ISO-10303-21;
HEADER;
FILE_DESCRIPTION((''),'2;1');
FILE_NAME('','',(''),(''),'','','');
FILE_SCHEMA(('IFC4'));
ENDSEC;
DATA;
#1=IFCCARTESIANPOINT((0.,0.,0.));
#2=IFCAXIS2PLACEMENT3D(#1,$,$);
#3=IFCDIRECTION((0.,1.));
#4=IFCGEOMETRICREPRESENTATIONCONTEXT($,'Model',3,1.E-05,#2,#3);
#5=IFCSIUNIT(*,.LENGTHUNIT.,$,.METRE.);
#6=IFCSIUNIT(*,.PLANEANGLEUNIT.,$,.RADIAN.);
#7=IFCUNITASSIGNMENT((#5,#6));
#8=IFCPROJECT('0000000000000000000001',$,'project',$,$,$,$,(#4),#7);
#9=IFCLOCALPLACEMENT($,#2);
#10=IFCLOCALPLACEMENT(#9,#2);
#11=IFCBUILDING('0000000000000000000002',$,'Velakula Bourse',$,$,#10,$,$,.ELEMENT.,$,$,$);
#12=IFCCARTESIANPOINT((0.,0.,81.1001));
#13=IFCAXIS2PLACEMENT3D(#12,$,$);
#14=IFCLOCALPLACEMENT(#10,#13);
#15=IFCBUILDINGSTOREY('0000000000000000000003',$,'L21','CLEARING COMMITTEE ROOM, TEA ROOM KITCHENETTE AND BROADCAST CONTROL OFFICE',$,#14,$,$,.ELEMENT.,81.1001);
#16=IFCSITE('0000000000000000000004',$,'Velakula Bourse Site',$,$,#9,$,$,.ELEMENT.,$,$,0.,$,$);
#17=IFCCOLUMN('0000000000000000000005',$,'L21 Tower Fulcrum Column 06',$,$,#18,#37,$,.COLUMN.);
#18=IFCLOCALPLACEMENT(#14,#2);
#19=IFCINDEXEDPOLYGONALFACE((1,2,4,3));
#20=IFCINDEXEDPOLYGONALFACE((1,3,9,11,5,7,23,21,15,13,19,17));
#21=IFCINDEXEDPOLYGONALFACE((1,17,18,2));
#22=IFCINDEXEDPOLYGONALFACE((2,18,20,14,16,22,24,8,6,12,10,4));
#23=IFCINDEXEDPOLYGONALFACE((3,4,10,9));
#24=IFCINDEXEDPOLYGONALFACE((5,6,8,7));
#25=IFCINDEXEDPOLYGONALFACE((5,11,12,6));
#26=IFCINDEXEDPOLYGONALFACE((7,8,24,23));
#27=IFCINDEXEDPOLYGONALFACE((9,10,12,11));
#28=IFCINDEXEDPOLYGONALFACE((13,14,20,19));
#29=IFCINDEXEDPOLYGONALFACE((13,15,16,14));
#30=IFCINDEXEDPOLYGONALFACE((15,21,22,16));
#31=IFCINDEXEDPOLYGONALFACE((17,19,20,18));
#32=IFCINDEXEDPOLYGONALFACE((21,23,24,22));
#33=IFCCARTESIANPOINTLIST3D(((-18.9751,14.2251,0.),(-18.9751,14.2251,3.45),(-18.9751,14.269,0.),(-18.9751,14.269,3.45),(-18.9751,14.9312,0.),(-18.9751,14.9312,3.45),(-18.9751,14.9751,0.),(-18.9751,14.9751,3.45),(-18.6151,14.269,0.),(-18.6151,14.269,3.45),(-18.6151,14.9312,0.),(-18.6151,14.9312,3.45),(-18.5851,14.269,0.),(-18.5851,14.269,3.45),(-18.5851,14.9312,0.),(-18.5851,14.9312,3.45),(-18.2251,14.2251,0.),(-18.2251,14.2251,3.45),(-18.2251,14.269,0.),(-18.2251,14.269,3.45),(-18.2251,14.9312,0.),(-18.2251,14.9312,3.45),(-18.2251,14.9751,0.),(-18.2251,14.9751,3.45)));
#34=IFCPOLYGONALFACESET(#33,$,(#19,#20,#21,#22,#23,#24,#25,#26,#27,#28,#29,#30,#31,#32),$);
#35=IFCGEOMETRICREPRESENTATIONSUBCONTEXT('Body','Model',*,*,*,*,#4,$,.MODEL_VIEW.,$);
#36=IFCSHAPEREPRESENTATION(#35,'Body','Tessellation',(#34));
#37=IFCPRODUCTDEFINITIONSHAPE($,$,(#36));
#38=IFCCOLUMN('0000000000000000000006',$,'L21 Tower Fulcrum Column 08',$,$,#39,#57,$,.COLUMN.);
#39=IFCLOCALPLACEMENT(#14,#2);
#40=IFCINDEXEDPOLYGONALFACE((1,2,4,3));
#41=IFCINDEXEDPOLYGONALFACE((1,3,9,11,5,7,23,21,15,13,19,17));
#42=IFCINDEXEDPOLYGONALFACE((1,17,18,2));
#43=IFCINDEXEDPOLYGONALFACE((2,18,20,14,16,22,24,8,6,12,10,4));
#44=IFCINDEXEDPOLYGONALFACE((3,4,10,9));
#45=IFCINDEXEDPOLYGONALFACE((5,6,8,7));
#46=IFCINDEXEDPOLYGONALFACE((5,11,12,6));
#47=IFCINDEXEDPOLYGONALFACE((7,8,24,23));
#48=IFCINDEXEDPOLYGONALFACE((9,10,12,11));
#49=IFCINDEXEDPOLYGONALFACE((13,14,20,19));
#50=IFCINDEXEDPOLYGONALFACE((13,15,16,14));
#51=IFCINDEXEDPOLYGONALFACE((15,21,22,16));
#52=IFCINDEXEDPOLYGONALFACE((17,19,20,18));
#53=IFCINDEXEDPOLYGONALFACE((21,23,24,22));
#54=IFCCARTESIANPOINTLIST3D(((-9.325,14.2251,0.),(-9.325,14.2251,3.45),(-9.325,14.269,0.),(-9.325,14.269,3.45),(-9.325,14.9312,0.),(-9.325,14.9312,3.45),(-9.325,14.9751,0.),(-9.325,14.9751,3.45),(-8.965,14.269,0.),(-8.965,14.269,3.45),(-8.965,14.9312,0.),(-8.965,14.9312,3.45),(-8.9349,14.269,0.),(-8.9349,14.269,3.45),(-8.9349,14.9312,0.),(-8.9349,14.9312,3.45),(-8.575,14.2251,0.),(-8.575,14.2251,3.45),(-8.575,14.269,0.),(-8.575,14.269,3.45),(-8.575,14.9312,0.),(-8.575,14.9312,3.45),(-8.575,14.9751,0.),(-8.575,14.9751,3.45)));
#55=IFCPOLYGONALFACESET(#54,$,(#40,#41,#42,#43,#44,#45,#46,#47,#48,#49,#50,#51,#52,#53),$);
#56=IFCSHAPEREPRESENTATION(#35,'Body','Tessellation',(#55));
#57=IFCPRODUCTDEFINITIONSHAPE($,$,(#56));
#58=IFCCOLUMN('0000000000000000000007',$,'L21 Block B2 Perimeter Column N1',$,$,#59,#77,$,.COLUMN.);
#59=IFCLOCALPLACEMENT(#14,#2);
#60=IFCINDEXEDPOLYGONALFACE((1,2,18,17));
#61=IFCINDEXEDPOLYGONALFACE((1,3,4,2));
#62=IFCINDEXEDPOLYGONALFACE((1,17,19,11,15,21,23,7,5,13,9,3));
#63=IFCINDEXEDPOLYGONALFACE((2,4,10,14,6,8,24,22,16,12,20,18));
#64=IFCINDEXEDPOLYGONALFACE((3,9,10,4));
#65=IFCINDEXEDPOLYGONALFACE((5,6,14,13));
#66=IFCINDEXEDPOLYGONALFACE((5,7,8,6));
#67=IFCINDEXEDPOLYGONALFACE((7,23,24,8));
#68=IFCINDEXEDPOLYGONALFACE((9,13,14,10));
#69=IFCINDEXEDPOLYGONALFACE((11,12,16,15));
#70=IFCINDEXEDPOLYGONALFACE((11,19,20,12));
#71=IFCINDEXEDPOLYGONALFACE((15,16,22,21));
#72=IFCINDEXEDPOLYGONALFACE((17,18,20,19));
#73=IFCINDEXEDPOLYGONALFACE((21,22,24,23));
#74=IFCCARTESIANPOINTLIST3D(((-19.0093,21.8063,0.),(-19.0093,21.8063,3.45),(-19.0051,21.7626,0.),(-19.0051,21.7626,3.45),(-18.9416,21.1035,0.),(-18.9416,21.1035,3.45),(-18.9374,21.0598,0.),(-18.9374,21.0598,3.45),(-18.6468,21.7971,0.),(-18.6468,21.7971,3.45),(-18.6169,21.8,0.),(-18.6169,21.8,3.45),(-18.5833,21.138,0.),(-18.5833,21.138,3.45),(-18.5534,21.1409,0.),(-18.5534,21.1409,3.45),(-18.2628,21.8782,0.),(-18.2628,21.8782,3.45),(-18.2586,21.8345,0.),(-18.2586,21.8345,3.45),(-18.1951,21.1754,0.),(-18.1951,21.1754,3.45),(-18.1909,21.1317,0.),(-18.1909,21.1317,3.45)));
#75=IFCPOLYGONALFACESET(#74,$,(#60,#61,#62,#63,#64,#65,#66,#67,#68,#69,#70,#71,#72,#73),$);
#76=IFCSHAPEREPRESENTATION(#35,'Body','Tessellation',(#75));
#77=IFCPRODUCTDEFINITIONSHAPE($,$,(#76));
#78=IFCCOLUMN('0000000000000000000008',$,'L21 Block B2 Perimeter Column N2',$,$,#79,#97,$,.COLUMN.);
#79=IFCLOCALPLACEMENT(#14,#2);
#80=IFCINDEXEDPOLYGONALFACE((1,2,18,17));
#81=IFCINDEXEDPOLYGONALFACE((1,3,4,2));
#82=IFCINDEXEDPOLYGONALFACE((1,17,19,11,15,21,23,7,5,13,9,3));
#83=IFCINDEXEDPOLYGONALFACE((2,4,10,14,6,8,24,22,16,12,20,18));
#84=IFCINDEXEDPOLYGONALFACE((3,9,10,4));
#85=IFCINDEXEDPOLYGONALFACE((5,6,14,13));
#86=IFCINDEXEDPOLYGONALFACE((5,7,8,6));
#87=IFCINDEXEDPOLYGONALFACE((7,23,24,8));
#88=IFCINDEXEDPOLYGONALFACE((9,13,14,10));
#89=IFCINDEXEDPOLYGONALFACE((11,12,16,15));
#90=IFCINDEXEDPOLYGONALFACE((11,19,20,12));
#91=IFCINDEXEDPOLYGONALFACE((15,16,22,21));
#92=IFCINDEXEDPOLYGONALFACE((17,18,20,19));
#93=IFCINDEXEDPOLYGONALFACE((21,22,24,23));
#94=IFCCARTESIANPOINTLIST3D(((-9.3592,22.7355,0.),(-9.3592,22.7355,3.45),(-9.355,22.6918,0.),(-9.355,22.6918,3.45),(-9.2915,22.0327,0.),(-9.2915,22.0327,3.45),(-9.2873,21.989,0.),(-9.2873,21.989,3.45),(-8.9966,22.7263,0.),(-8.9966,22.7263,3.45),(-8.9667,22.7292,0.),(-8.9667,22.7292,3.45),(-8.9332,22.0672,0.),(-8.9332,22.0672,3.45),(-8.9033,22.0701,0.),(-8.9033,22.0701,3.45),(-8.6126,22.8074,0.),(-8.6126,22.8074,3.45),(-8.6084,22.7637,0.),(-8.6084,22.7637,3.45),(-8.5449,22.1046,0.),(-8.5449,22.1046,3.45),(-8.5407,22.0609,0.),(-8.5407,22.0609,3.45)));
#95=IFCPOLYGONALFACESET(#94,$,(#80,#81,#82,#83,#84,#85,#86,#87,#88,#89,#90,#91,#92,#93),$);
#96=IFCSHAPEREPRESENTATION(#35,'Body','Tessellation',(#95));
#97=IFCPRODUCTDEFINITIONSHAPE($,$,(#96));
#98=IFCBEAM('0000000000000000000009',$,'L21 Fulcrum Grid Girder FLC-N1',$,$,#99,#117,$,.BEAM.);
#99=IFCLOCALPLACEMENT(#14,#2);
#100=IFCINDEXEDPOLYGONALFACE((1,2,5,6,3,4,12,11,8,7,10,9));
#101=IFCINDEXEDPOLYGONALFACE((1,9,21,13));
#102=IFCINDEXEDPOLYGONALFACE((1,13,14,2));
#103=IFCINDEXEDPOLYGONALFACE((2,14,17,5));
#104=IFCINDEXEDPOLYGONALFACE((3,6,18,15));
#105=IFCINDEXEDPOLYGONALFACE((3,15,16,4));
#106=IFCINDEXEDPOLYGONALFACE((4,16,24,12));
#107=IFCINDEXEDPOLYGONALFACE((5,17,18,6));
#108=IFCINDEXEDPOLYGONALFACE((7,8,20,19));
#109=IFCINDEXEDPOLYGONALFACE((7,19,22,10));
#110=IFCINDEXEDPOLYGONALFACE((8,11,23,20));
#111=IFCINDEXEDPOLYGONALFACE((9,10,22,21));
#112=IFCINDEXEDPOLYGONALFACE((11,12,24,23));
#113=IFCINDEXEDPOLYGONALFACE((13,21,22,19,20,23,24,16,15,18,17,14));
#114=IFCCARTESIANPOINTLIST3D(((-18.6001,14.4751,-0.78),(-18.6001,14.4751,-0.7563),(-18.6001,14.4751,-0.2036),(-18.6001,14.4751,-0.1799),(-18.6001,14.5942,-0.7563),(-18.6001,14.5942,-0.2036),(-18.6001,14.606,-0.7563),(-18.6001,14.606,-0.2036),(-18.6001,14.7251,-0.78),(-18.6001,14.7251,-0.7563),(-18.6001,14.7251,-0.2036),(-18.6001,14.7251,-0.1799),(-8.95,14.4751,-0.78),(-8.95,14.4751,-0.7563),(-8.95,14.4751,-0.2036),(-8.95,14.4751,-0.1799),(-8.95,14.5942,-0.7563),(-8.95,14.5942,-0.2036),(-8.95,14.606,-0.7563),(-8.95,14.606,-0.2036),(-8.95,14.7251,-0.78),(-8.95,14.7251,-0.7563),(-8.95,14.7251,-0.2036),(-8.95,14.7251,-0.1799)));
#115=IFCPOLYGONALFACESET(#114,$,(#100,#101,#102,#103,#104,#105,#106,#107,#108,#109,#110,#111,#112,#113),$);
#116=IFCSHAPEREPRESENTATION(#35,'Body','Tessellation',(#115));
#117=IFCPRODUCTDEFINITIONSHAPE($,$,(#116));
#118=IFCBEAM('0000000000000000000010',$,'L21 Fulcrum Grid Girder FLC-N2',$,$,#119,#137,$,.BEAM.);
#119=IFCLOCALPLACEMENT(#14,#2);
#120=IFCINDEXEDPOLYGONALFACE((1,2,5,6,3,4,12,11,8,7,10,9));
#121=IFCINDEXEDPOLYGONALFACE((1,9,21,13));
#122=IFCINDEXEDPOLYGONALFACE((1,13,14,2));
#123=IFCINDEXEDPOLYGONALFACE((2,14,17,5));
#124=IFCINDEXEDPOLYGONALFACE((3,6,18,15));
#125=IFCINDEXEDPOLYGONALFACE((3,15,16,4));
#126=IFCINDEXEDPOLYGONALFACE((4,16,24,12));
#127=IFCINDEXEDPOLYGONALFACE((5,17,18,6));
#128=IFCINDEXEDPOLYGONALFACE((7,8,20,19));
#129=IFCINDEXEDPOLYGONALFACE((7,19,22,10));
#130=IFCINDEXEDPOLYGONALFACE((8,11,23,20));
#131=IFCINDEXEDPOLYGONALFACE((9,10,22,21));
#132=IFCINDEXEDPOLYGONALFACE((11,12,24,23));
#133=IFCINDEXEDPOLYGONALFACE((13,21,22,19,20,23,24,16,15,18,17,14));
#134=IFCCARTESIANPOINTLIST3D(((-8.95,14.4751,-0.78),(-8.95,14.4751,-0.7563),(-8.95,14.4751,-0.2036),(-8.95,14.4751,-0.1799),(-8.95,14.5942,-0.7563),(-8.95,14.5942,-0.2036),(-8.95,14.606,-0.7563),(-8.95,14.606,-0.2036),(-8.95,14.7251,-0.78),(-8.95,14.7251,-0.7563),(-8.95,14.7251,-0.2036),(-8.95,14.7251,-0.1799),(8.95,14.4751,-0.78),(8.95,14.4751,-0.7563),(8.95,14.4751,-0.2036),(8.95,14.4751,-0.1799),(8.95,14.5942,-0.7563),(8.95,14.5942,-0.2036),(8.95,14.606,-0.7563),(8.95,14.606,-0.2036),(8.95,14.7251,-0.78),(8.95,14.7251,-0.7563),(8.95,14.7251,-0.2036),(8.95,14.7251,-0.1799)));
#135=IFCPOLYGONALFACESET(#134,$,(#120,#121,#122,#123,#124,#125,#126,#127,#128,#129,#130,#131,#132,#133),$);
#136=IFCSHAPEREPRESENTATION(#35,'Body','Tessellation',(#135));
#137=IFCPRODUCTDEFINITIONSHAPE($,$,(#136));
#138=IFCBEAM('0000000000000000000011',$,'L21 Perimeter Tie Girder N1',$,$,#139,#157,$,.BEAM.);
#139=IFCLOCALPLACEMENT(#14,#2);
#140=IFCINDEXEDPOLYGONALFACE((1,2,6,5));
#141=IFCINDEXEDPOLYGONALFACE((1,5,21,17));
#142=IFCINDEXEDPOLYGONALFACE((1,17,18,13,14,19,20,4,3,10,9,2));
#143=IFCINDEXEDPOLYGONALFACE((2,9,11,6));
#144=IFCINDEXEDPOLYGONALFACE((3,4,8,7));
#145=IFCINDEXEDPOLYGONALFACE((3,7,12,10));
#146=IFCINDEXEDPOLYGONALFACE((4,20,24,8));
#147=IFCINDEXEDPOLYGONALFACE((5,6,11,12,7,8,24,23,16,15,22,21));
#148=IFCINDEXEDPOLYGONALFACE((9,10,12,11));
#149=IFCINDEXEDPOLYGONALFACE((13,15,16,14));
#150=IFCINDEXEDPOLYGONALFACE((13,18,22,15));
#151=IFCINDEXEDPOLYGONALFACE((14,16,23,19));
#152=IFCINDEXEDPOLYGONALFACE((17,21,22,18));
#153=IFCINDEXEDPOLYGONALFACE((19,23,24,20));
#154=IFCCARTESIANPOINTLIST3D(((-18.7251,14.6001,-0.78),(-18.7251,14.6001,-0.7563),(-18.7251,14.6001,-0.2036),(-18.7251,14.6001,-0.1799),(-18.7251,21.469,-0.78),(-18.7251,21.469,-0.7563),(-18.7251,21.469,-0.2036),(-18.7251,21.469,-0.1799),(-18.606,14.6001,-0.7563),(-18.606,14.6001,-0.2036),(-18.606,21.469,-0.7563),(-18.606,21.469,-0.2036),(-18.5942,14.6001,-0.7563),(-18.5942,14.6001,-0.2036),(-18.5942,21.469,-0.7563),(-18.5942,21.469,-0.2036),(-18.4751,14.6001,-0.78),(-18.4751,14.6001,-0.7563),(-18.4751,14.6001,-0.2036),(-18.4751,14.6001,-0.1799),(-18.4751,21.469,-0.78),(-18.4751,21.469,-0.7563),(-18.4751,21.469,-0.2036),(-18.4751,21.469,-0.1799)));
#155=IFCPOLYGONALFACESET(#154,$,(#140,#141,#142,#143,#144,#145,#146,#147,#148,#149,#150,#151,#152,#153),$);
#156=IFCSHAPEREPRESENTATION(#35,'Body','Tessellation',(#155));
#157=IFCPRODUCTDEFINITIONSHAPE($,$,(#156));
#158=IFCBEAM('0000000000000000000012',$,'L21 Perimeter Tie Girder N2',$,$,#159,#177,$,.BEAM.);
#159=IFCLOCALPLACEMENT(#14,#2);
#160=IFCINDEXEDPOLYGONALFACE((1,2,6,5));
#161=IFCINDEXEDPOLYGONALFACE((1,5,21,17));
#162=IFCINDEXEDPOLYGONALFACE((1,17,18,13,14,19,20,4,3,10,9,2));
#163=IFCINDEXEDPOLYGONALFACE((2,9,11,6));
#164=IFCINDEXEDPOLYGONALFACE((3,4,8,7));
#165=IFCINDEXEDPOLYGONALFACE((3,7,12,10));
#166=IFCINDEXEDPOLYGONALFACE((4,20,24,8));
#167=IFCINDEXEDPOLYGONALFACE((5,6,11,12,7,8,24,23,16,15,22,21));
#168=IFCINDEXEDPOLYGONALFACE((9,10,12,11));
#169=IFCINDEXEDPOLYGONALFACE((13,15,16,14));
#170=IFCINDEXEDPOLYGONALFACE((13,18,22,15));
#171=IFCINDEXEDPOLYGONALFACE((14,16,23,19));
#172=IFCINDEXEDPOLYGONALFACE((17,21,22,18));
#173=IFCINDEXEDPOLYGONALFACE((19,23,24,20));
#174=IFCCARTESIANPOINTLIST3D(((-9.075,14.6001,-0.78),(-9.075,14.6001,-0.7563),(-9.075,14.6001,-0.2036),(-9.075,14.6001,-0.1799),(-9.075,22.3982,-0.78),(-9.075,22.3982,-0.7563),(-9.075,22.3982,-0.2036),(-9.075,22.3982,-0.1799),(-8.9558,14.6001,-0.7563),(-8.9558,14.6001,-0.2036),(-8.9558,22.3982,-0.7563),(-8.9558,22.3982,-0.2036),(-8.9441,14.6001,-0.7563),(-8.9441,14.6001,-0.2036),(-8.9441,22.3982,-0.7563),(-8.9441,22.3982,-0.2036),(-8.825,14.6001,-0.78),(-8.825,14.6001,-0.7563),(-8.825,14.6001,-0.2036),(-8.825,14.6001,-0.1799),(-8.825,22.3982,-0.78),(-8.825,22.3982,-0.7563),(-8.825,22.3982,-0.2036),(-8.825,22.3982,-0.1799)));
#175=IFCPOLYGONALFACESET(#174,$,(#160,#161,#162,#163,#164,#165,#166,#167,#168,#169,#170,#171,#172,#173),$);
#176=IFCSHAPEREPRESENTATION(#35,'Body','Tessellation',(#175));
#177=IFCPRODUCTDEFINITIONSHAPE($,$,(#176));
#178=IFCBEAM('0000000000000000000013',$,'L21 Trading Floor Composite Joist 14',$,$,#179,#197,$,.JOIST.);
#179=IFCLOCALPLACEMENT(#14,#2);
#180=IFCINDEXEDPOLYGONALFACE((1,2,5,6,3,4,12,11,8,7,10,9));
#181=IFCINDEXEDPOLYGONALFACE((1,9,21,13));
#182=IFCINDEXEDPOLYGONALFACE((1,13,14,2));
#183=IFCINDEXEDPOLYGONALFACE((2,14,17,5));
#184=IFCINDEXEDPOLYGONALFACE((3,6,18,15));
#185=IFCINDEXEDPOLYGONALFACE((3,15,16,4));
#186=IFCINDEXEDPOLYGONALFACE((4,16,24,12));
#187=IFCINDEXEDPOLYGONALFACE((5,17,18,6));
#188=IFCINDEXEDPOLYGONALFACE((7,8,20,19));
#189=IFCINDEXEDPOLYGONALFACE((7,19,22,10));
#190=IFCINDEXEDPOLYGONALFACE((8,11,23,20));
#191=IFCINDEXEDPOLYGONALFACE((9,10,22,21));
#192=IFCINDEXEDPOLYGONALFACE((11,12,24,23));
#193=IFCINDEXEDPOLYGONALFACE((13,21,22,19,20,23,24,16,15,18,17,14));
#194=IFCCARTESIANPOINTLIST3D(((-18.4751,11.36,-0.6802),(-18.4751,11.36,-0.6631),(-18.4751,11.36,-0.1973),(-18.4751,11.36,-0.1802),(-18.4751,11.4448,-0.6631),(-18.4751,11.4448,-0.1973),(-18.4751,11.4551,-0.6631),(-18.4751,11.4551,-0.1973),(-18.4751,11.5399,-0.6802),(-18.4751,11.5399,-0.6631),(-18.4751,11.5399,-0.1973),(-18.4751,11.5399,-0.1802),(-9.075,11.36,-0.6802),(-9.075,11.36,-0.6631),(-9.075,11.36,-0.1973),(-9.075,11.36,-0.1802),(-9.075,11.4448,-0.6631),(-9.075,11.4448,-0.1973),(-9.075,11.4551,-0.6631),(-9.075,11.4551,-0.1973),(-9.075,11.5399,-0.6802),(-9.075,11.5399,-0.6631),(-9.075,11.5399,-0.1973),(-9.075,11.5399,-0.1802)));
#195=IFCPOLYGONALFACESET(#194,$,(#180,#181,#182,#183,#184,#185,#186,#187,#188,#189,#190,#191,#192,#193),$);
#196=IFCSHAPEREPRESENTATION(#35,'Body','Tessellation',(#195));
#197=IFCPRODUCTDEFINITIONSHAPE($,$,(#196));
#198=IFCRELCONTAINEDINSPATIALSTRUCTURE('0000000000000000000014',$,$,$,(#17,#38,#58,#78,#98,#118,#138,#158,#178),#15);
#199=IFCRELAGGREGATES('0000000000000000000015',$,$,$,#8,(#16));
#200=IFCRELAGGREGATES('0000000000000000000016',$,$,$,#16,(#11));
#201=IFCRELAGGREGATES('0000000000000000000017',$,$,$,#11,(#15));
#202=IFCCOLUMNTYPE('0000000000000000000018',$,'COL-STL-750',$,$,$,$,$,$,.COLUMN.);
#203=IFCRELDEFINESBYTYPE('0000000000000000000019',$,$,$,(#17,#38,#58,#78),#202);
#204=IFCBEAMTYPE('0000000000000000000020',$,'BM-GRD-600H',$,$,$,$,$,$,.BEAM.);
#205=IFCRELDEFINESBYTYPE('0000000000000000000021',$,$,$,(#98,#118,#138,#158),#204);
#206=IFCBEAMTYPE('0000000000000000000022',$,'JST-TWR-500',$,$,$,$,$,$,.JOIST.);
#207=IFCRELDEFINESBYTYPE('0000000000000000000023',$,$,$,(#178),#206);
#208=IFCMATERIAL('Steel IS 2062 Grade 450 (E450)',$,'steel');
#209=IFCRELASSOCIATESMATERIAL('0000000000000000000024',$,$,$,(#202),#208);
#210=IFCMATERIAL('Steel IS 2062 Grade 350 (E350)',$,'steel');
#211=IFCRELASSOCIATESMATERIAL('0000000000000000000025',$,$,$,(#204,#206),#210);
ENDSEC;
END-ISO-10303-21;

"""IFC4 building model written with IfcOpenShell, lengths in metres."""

from ifc_helpers import new_model, si_unit, direction, frame, origin, origin_2d, place, context, subcontext, project, spatial, i_section, extrude, material, material_profile, profile_set, type_object, element, save


model = new_model("IFC4")

# Units and contexts
model_context = context("Model", 3, precision=1e-05, world=origin(), true_north=direction((0.0, 1.0)))
body_context = subcontext(model_context, "Body", "Model", "MODEL_VIEW")
ifc_project = project(units=[si_unit("LENGTHUNIT", "METRE"), si_unit("PLANEANGLEUNIT", "RADIAN")], contexts=[model_context])

# Site, building, storey
site_placement = place(None, origin())
site = spatial("IfcSite", under=ifc_project, at=site_placement, Name="Velakula Bourse Site", CompositionType="ELEMENT", RefElevation=0.0)
building_placement = place(site_placement, origin())
building = spatial("IfcBuilding", under=site, at=building_placement, Name="Velakula Bourse", CompositionType="ELEMENT")
storey_placement = place(building_placement, frame((0.0, 0.0, 81.1001)))
storey = spatial("IfcBuildingStorey", under=building, at=storey_placement, Name="L21", Description="CLEARING COMMITTEE ROOM, TEA ROOM KITCHENETTE AND BROADCAST CONTROL OFFICE", CompositionType="ELEMENT", Elevation=81.1001)

# Columns
ifc_material_1 = material(Name="Steel IS 2062 Grade 450 (E450)", Category="steel")
ifc_material_profile_1 = material_profile(ifc_material_1, i_section(OverallWidth=0.75, OverallDepth=0.75, WebThickness=0.03, FlangeThickness=0.0439, at=origin_2d()), Name="Steel IS 2062 Grade 450 (E450)")
ifc_profile_set_1 = profile_set([ifc_material_profile_1], Name="Steel IS 2062 Grade 450 (E450)")
column_type = type_object("IfcColumnType", Name="COL-STL-750", PredefinedType="COLUMN", material=ifc_profile_set_1)
for number, where, z_axis, x_axis, name in (
    (1, (-18.6001, 14.6001, 0.0), (0.0, 0.0, 1.0), (1.0, 0.0, 0.0), "L21 Tower Fulcrum Column 06"),
    (2, (-8.95, 14.6001, 0.0), (0.0, 0.0, 1.0), (1.0, 0.0, 0.0), "L21 Tower Fulcrum Column 08"),
    (3, (-18.6001, 21.469, 0.0), (0.0, 0.0, 1.0), (0.995396, 0.095846, 0.0), "L21 Block B2 Perimeter Column N1"),
    (4, (-8.95, 22.3982, 0.0), (0.0, 0.0, 1.0), (0.995396, 0.095846, 0.0), "L21 Block B2 Perimeter Column N2"),
):
    element("IfcColumn", number, at=place(storey_placement, frame(where, z_axis=z_axis, x_axis=x_axis)), inside=storey, type_object=column_type, Name=name, PredefinedType="COLUMN", context=body_context, shape_type="SweptSolid", body=[
        extrude(i_section(OverallWidth=0.75, OverallDepth=0.75, WebThickness=0.03, FlangeThickness=0.0439, at=origin_2d()), origin(), (0.0, 0.0, 1.0), 3.45),
    ])

# Beams
ifc_material_2 = material(Name="Steel IS 2062 Grade 350 (E350)", Category="steel")
ifc_material_profile_2 = material_profile(ifc_material_2, i_section(OverallWidth=0.25, OverallDepth=0.6001, WebThickness=0.0117, FlangeThickness=0.0237, at=origin_2d()), Name="Steel IS 2062 Grade 350 (E350)")
ifc_profile_set_2 = profile_set([ifc_material_profile_2], Name="Steel IS 2062 Grade 350 (E350)")
beam_type_1 = type_object("IfcBeamType", Name="BM-GRD-600H", PredefinedType="BEAM", material=ifc_profile_set_2)
beam_1_placement = place(storey_placement, frame((-18.6001, 14.6001, -0.48), z_axis=(1.0, 0.0, 0.0), x_axis=(0.0, 1.0, 0.0)))
element("IfcBeam", 5, at=beam_1_placement, inside=storey, type_object=beam_type_1, Name="L21 Fulcrum Grid Girder FLC-N1", PredefinedType="BEAM", context=body_context, shape_type="SweptSolid", body=[
    extrude(i_section(OverallWidth=0.25, OverallDepth=0.6001, WebThickness=0.0117, FlangeThickness=0.0237, at=origin_2d()), origin(), (0.0, 0.0, 1.0), 9.6501),
])
beam_2_placement = place(storey_placement, frame((-8.95, 14.6001, -0.48), z_axis=(1.0, 0.0, 0.0), x_axis=(0.0, 1.0, 0.0)))
element("IfcBeam", 6, at=beam_2_placement, inside=storey, type_object=beam_type_1, Name="L21 Fulcrum Grid Girder FLC-N2", PredefinedType="BEAM", context=body_context, shape_type="SweptSolid", body=[
    extrude(i_section(OverallWidth=0.25, OverallDepth=0.6001, WebThickness=0.0117, FlangeThickness=0.0237, at=origin_2d()), origin(), (0.0, 0.0, 1.0), 17.8999),
])
beam_3_placement = place(storey_placement, frame((-18.6001, 14.6001, -0.48), z_axis=(0.0, 1.0, 0.0), x_axis=(-1.0, 0.0, 0.0)))
element("IfcBeam", 7, at=beam_3_placement, inside=storey, type_object=beam_type_1, Name="L21 Perimeter Tie Girder N1", PredefinedType="BEAM", context=body_context, shape_type="SweptSolid", body=[
    extrude(i_section(OverallWidth=0.25, OverallDepth=0.6001, WebThickness=0.0117, FlangeThickness=0.0237, at=origin_2d()), origin(), (0.0, 0.0, 1.0), 6.8689),
])
beam_4_placement = place(storey_placement, frame((-8.95, 14.6001, -0.48), z_axis=(0.0, 1.0, 0.0), x_axis=(-1.0, 0.0, 0.0)))
element("IfcBeam", 8, at=beam_4_placement, inside=storey, type_object=beam_type_1, Name="L21 Perimeter Tie Girder N2", PredefinedType="BEAM", context=body_context, shape_type="SweptSolid", body=[
    extrude(i_section(OverallWidth=0.25, OverallDepth=0.6001, WebThickness=0.0117, FlangeThickness=0.0237, at=origin_2d()), origin(), (0.0, 0.0, 1.0), 7.7981),
])
ifc_material_profile_3 = material_profile(ifc_material_2, i_section(OverallWidth=0.1799, OverallDepth=0.5, WebThickness=0.0103, FlangeThickness=0.0171, at=origin_2d()), Name="Steel IS 2062 Grade 350 (E350)")
ifc_profile_set_3 = profile_set([ifc_material_profile_3], Name="Steel IS 2062 Grade 350 (E350)")
beam_type_2 = type_object("IfcBeamType", Name="JST-TWR-500", PredefinedType="JOIST", material=ifc_profile_set_3)
beam_5_placement = place(storey_placement, frame((-18.4751, 11.45, -0.4302), z_axis=(1.0, 0.0, 0.0), x_axis=(0.0, 1.0, 0.0)))
element("IfcBeam", 9, at=beam_5_placement, inside=storey, type_object=beam_type_2, Name="L21 Trading Floor Composite Joist 14", PredefinedType="JOIST", context=body_context, shape_type="SweptSolid", body=[
    extrude(i_section(OverallWidth=0.1799, OverallDepth=0.5, WebThickness=0.0103, FlangeThickness=0.0171, at=origin_2d()), origin(), (0.0, 0.0, 1.0), 9.4001),
])

save(model, "model.ifc")
